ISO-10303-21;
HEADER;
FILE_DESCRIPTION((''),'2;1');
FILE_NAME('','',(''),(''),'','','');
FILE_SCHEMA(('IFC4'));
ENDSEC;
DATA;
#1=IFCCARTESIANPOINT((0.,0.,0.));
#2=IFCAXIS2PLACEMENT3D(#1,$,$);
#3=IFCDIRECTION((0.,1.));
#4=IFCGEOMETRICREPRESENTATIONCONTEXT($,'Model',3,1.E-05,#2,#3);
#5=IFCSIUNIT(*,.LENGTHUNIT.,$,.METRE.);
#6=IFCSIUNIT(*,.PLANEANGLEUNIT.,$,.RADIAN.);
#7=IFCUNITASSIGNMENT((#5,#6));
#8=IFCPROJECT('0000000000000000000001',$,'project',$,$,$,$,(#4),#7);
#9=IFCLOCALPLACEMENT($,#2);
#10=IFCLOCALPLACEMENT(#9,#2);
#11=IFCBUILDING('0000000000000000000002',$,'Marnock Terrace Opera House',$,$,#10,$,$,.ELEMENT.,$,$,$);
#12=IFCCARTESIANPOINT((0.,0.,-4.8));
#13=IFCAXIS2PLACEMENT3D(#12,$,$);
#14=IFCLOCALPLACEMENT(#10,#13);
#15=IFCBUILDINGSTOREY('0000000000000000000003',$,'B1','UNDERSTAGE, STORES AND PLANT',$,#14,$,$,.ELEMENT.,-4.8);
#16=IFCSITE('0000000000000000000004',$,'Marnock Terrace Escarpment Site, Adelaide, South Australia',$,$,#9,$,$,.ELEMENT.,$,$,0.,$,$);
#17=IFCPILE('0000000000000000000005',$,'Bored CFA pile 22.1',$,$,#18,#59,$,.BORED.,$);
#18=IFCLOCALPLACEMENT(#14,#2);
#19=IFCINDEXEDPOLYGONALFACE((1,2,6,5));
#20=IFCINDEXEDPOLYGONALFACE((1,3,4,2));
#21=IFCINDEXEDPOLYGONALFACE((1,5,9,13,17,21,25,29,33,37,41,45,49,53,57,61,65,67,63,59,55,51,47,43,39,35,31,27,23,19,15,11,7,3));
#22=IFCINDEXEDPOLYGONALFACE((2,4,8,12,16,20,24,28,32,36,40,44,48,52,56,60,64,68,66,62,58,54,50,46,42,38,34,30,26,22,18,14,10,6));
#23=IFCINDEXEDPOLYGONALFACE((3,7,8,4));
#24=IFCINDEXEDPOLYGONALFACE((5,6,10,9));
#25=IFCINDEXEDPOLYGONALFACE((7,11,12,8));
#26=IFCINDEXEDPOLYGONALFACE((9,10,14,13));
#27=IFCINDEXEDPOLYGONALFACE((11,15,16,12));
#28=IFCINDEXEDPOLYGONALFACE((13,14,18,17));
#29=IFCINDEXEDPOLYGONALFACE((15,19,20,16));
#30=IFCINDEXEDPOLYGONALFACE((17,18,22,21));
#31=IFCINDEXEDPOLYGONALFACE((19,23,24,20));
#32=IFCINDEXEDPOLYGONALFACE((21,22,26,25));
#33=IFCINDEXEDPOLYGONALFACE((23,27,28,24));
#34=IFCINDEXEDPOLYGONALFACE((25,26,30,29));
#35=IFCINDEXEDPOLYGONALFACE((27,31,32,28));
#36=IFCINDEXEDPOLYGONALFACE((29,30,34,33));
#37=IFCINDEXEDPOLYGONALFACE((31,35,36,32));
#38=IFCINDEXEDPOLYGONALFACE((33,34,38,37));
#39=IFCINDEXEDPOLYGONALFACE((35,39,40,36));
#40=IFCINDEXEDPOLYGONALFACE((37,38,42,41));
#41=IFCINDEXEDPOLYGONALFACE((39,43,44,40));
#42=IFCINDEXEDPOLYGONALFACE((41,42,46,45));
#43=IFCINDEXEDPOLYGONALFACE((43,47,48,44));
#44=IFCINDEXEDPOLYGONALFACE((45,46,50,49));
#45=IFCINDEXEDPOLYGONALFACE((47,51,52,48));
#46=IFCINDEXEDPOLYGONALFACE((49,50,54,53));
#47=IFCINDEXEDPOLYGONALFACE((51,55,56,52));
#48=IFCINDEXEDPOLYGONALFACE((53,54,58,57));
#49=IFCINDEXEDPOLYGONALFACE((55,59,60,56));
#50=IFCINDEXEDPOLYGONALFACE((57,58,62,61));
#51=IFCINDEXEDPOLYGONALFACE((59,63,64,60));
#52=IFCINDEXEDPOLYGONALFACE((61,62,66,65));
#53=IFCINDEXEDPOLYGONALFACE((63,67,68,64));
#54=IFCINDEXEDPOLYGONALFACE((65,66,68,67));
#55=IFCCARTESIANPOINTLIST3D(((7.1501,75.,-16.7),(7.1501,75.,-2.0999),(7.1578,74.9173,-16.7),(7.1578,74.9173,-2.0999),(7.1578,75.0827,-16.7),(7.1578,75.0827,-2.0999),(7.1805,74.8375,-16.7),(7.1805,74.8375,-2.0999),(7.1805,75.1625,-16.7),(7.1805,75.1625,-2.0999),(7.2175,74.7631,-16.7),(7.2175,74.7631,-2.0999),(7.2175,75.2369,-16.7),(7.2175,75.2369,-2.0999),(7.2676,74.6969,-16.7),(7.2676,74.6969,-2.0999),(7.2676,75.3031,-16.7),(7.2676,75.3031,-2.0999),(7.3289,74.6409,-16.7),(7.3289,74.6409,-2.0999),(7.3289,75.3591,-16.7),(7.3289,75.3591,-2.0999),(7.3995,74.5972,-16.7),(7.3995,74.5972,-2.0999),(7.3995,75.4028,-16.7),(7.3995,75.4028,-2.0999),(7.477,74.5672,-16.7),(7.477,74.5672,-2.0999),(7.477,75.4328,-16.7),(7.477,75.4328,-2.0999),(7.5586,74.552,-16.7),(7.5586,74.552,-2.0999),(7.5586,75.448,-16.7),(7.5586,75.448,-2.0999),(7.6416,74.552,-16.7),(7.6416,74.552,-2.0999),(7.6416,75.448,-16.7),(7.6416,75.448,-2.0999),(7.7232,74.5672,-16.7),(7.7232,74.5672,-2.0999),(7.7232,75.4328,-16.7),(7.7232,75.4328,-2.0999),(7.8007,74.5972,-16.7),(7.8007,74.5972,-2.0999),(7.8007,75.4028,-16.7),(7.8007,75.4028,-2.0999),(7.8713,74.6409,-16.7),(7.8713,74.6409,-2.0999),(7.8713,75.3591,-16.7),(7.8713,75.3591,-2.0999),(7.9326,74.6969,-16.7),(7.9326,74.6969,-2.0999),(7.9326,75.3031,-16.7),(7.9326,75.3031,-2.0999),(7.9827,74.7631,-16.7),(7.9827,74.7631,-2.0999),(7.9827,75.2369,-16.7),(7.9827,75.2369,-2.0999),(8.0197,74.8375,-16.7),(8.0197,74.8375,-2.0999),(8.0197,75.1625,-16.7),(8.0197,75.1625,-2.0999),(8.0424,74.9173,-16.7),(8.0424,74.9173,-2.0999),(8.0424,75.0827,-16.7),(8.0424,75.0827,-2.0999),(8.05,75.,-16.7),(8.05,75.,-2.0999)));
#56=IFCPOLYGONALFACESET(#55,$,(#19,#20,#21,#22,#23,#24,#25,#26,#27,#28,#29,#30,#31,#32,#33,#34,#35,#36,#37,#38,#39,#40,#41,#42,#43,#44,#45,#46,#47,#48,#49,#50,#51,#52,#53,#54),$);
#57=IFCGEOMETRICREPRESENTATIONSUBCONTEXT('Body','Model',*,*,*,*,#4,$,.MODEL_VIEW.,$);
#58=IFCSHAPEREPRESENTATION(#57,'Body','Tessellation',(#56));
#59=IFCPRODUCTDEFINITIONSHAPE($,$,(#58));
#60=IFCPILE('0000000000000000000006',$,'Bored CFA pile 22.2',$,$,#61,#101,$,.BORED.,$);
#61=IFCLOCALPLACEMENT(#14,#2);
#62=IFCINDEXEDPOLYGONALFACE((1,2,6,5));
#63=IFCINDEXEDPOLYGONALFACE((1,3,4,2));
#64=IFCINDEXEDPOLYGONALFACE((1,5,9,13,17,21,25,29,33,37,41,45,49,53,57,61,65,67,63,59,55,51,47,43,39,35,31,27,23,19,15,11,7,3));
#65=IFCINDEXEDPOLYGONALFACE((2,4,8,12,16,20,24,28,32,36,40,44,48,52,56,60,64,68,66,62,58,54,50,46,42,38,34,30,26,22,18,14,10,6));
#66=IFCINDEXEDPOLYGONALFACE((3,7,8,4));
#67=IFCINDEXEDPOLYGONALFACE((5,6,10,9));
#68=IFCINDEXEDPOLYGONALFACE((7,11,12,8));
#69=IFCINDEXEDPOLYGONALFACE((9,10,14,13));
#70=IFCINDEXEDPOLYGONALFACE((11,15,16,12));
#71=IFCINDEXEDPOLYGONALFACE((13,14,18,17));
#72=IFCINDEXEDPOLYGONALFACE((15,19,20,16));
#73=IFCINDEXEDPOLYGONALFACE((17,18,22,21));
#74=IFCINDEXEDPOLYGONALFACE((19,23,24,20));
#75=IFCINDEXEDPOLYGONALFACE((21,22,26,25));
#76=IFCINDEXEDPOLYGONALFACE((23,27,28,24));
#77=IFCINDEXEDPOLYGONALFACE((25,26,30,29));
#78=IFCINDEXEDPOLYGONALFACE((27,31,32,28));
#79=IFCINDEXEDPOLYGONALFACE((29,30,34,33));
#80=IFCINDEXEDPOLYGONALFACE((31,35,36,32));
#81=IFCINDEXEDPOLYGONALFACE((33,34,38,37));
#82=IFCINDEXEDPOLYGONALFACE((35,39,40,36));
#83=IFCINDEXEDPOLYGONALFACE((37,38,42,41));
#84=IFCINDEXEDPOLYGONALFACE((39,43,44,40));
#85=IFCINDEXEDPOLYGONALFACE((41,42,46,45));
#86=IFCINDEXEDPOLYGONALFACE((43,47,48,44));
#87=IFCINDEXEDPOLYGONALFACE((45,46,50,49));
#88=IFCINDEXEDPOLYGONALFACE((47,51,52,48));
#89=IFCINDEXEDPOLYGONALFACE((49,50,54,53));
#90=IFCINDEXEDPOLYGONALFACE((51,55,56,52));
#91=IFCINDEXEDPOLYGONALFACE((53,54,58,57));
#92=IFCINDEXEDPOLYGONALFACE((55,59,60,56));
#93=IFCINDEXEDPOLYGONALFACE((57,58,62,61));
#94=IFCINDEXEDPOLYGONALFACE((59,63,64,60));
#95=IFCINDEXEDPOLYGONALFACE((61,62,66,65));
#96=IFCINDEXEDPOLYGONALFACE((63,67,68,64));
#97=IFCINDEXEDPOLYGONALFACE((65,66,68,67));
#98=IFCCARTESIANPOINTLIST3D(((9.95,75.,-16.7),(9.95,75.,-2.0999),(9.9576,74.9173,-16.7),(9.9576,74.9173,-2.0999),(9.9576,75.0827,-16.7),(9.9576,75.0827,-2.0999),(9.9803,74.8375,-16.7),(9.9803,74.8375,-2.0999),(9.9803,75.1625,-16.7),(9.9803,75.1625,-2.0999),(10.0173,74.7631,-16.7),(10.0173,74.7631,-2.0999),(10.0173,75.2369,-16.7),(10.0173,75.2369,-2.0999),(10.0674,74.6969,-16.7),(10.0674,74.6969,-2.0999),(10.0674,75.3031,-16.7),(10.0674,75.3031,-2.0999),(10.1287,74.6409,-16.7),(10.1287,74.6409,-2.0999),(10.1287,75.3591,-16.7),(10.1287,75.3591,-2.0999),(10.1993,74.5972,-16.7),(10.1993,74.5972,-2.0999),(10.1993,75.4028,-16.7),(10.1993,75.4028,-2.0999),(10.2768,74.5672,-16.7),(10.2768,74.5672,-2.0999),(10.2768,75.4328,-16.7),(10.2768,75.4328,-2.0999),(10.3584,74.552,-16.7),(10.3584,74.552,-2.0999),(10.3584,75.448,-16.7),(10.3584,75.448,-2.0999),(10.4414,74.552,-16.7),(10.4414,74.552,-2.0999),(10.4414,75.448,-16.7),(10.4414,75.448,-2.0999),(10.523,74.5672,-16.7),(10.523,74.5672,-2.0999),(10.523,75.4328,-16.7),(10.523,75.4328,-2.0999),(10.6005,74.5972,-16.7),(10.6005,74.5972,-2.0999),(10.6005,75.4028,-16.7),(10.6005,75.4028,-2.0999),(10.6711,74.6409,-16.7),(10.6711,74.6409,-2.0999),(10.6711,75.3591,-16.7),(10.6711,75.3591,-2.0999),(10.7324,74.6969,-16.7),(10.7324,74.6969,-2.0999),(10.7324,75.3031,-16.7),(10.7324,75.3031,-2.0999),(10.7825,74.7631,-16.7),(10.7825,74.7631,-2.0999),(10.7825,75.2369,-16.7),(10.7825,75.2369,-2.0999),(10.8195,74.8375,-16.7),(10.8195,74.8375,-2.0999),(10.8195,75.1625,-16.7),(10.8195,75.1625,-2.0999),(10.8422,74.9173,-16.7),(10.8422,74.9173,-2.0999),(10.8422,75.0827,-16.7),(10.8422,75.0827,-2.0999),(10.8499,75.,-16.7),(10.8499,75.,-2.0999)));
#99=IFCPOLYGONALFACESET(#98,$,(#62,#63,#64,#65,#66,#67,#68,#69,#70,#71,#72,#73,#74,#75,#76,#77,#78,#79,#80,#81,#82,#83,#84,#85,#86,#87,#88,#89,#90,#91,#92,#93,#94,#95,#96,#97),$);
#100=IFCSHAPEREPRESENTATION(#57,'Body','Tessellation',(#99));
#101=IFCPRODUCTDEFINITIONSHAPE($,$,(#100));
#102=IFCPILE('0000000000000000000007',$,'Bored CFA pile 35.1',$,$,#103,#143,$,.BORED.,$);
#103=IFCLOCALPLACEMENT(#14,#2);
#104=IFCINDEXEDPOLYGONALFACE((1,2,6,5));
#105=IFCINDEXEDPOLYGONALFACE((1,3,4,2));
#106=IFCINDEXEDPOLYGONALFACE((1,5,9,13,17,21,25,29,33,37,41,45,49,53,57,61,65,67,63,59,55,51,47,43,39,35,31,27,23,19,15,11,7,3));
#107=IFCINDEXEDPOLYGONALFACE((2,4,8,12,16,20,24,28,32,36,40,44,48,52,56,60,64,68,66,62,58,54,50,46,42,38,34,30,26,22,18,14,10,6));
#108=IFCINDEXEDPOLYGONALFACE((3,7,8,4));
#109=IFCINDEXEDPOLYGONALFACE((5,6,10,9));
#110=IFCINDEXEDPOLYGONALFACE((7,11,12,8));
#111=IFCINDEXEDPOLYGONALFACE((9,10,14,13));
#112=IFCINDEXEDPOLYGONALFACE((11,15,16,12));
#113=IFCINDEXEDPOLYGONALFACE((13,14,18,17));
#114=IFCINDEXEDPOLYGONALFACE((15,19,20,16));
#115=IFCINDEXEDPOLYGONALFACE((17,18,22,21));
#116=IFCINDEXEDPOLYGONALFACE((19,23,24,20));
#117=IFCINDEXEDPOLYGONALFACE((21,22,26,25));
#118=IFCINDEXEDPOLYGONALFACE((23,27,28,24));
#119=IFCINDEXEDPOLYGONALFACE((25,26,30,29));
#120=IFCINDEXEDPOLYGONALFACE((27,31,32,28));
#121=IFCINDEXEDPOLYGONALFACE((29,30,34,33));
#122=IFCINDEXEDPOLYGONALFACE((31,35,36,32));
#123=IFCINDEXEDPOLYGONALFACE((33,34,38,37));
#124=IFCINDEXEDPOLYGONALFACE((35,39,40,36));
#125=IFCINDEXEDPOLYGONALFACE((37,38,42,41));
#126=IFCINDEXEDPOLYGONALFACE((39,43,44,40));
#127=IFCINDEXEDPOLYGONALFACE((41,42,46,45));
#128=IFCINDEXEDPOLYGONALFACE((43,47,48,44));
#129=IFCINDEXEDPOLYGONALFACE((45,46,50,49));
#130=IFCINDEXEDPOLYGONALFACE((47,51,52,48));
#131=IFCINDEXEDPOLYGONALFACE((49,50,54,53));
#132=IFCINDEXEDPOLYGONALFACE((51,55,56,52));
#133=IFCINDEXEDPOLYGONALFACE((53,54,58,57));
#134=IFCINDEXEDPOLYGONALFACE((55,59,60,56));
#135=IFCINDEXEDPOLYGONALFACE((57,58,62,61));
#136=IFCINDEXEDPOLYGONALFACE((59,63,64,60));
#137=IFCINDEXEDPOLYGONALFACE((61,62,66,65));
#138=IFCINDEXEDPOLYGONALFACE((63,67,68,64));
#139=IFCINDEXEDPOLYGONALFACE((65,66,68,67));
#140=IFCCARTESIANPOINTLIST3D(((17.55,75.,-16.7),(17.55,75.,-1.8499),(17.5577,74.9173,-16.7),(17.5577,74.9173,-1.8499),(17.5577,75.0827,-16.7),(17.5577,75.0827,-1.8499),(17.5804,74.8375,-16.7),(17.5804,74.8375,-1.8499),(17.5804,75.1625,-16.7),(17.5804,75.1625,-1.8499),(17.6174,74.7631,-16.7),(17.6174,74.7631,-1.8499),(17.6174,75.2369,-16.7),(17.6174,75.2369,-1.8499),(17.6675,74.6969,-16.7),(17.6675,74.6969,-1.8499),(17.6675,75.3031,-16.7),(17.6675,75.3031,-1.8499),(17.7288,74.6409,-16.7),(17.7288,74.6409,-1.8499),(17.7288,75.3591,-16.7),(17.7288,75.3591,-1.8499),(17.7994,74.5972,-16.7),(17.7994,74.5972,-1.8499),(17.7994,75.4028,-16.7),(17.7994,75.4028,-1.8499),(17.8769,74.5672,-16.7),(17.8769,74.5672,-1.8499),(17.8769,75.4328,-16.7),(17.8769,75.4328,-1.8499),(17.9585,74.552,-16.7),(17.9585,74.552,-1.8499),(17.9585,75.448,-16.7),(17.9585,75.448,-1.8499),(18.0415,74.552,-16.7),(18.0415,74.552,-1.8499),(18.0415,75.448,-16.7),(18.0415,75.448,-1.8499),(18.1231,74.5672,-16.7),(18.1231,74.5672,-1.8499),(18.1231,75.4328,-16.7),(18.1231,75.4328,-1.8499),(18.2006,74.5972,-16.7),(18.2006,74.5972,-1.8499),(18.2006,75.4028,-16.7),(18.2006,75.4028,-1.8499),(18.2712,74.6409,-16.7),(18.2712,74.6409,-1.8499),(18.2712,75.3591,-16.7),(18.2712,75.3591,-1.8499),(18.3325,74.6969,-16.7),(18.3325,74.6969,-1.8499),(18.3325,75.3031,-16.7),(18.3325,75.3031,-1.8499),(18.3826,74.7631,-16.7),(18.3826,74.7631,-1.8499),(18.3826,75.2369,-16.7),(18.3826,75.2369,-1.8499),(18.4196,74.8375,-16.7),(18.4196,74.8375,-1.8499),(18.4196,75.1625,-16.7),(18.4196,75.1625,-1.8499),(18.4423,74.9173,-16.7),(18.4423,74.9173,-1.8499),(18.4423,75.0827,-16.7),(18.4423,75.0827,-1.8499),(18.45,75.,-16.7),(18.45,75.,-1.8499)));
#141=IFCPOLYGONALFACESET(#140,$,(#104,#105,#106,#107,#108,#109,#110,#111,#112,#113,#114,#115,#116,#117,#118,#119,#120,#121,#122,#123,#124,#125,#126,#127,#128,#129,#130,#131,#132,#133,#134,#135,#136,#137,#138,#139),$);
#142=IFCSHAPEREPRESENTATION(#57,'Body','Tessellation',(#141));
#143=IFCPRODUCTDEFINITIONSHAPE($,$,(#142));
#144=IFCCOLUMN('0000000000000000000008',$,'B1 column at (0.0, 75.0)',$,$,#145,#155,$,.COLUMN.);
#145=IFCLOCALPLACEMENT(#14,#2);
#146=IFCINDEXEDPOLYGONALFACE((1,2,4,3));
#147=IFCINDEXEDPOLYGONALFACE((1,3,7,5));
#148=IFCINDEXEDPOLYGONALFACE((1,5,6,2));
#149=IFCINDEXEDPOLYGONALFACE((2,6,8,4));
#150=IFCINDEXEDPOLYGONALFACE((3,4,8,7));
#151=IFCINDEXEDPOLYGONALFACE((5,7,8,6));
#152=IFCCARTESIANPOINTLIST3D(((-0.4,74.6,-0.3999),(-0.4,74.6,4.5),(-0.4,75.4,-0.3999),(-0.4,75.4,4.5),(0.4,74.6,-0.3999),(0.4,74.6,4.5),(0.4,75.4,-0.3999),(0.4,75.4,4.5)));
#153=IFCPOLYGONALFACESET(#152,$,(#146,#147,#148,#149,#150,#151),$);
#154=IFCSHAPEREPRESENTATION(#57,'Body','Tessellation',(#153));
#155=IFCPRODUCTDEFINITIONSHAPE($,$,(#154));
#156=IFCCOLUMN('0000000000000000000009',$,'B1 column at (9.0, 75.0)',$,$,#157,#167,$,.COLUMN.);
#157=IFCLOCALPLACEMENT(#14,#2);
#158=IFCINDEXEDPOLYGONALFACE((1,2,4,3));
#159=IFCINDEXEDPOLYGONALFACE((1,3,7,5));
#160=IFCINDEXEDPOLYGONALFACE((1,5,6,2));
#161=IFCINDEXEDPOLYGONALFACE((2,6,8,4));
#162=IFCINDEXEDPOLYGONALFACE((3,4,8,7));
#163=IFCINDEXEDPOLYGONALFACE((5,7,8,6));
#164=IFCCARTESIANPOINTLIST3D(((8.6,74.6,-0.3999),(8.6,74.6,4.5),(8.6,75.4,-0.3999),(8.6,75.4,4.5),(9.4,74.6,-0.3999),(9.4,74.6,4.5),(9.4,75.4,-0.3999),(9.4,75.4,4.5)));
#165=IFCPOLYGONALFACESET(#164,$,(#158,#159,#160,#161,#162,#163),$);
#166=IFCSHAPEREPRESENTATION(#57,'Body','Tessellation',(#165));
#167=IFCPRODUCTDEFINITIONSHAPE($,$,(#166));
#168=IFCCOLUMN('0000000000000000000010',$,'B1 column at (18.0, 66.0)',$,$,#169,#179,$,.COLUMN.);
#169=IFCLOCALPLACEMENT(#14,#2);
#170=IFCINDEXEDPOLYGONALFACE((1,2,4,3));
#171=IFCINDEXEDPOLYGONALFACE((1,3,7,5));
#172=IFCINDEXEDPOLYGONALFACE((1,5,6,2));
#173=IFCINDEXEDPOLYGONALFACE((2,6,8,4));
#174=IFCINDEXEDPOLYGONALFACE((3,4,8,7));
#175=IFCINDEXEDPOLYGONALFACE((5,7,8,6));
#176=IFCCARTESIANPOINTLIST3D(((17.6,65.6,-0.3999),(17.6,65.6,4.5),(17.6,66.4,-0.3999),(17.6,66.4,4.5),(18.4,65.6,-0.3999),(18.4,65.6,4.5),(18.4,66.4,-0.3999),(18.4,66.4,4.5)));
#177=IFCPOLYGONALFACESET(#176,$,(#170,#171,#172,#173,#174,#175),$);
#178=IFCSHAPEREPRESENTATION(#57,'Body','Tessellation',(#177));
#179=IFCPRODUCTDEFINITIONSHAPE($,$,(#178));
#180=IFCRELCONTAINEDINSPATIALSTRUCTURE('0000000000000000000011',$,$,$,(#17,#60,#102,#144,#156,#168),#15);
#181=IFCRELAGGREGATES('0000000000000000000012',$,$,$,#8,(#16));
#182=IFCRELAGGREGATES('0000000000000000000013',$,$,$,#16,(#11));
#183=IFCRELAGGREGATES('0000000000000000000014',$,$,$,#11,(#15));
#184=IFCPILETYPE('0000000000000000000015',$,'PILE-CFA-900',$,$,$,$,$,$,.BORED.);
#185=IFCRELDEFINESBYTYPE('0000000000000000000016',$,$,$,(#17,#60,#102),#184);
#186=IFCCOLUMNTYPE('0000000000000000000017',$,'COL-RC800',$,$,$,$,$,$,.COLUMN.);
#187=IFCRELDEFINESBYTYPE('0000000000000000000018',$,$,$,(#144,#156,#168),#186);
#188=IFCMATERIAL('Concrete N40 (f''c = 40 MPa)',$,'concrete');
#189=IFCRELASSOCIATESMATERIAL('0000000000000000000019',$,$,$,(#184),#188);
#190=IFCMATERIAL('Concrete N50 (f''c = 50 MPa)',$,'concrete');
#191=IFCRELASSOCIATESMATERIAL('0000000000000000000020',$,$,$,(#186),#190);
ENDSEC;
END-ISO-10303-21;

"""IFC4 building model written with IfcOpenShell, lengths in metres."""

from ifc_helpers import new_model, si_unit, direction, frame, origin, origin_2d, place, context, subcontext, project, spatial, rectangle, circle, extrude, material, material_profile, profile_set, type_object, element, save


model = new_model("IFC4")

# Units and contexts
model_context = context("Model", 3, precision=1e-05, world=origin(), true_north=direction((0.0, 1.0)))
body_context = subcontext(model_context, "Body", "Model", "MODEL_VIEW")
ifc_project = project(units=[si_unit("LENGTHUNIT", "METRE"), si_unit("PLANEANGLEUNIT", "RADIAN")], contexts=[model_context])

# Site, building, storey
site_placement = place(None, origin())
site = spatial("IfcSite", under=ifc_project, at=site_placement, Name="Marnock Terrace Escarpment Site, Adelaide, South Australia", CompositionType="ELEMENT", RefElevation=0.0)
building_placement = place(site_placement, origin())
building = spatial("IfcBuilding", under=site, at=building_placement, Name="Marnock Terrace Opera House", CompositionType="ELEMENT")
storey_placement = place(building_placement, frame((0.0, 0.0, -4.8)))
storey = spatial("IfcBuildingStorey", under=building, at=storey_placement, Name="B1", Description="UNDERSTAGE, STORES AND PLANT", CompositionType="ELEMENT", Elevation=-4.8)

# Shared definitions
ifc_material_1 = material(Name="Concrete N40 (f'c = 40 MPa)", Category="concrete")

# Piles
ifc_material_profile_1 = material_profile(ifc_material_1, circle(Radius=0.45, at=origin_2d()))
ifc_profile_set_1 = profile_set([ifc_material_profile_1], Name="Concrete N40 (f'c = 40 MPa)")
pile_type = type_object("IfcPileType", Name="PILE-CFA-900", PredefinedType="BORED", material=ifc_profile_set_1)
for number, where, z_axis, x_axis, name in (
    (1, (7.6001, 75.0, -2.0999), (0.0, 0.0, -1.0), (1.0, 0.0, 0.0), "Bored CFA pile 22.1"),
    (2, (10.3999, 75.0, -2.0999), (0.0, 0.0, -1.0), (1.0, 0.0, 0.0), "Bored CFA pile 22.2"),
):
    element("IfcPile", number, at=place(storey_placement, frame(where, z_axis=z_axis, x_axis=x_axis)), inside=storey, type_object=pile_type, Name=name, PredefinedType="BORED", context=body_context, shape_type="SweptSolid", body=[
        extrude(circle(Radius=0.45, at=origin_2d()), origin(), (0.0, 0.0, 1.0), 14.6001),
    ])
pile_1_placement = place(storey_placement, frame((18.0, 75.0, -1.8499), z_axis=(0.0, 0.0, -1.0), x_axis=(1.0, 0.0, 0.0)))
element("IfcPile", 3, at=pile_1_placement, inside=storey, type_object=pile_type, Name="Bored CFA pile 35.1", PredefinedType="BORED", context=body_context, shape_type="SweptSolid", body=[
    extrude(circle(Radius=0.45, at=origin_2d()), origin(), (0.0, 0.0, 1.0), 14.8501),
])

# Columns
ifc_material_2 = material(Name="Concrete N50 (f'c = 50 MPa)", Category="concrete")
ifc_material_profile_2 = material_profile(ifc_material_2, rectangle(XDim=0.8, YDim=0.8, at=origin_2d()))
ifc_profile_set_2 = profile_set([ifc_material_profile_2], Name="Concrete N50 (f'c = 50 MPa)")
column_type = type_object("IfcColumnType", Name="COL-RC800", PredefinedType="COLUMN", material=ifc_profile_set_2)
for number, where, z_axis, x_axis, name in (
    (4, (0.0, 75.0, -0.3999), (0.0, 0.0, 1.0), (1.0, 0.0, 0.0), "B1 column at (0.0, 75.0)"),
    (5, (9.0, 75.0, -0.3999), (0.0, 0.0, 1.0), (1.0, 0.0, 0.0), "B1 column at (9.0, 75.0)"),
    (6, (18.0, 66.0, -0.3999), (0.0, 0.0, 1.0), (1.0, 0.0, 0.0), "B1 column at (18.0, 66.0)"),
):
    element("IfcColumn", number, at=place(storey_placement, frame(where, z_axis=z_axis, x_axis=x_axis)), inside=storey, type_object=column_type, Name=name, PredefinedType="COLUMN", context=body_context, shape_type="SweptSolid", body=[
        extrude(rectangle(XDim=0.8, YDim=0.8, at=origin_2d()), origin(), (0.0, 0.0, 1.0), 4.8999),
    ])

save(model, "model.ifc")
